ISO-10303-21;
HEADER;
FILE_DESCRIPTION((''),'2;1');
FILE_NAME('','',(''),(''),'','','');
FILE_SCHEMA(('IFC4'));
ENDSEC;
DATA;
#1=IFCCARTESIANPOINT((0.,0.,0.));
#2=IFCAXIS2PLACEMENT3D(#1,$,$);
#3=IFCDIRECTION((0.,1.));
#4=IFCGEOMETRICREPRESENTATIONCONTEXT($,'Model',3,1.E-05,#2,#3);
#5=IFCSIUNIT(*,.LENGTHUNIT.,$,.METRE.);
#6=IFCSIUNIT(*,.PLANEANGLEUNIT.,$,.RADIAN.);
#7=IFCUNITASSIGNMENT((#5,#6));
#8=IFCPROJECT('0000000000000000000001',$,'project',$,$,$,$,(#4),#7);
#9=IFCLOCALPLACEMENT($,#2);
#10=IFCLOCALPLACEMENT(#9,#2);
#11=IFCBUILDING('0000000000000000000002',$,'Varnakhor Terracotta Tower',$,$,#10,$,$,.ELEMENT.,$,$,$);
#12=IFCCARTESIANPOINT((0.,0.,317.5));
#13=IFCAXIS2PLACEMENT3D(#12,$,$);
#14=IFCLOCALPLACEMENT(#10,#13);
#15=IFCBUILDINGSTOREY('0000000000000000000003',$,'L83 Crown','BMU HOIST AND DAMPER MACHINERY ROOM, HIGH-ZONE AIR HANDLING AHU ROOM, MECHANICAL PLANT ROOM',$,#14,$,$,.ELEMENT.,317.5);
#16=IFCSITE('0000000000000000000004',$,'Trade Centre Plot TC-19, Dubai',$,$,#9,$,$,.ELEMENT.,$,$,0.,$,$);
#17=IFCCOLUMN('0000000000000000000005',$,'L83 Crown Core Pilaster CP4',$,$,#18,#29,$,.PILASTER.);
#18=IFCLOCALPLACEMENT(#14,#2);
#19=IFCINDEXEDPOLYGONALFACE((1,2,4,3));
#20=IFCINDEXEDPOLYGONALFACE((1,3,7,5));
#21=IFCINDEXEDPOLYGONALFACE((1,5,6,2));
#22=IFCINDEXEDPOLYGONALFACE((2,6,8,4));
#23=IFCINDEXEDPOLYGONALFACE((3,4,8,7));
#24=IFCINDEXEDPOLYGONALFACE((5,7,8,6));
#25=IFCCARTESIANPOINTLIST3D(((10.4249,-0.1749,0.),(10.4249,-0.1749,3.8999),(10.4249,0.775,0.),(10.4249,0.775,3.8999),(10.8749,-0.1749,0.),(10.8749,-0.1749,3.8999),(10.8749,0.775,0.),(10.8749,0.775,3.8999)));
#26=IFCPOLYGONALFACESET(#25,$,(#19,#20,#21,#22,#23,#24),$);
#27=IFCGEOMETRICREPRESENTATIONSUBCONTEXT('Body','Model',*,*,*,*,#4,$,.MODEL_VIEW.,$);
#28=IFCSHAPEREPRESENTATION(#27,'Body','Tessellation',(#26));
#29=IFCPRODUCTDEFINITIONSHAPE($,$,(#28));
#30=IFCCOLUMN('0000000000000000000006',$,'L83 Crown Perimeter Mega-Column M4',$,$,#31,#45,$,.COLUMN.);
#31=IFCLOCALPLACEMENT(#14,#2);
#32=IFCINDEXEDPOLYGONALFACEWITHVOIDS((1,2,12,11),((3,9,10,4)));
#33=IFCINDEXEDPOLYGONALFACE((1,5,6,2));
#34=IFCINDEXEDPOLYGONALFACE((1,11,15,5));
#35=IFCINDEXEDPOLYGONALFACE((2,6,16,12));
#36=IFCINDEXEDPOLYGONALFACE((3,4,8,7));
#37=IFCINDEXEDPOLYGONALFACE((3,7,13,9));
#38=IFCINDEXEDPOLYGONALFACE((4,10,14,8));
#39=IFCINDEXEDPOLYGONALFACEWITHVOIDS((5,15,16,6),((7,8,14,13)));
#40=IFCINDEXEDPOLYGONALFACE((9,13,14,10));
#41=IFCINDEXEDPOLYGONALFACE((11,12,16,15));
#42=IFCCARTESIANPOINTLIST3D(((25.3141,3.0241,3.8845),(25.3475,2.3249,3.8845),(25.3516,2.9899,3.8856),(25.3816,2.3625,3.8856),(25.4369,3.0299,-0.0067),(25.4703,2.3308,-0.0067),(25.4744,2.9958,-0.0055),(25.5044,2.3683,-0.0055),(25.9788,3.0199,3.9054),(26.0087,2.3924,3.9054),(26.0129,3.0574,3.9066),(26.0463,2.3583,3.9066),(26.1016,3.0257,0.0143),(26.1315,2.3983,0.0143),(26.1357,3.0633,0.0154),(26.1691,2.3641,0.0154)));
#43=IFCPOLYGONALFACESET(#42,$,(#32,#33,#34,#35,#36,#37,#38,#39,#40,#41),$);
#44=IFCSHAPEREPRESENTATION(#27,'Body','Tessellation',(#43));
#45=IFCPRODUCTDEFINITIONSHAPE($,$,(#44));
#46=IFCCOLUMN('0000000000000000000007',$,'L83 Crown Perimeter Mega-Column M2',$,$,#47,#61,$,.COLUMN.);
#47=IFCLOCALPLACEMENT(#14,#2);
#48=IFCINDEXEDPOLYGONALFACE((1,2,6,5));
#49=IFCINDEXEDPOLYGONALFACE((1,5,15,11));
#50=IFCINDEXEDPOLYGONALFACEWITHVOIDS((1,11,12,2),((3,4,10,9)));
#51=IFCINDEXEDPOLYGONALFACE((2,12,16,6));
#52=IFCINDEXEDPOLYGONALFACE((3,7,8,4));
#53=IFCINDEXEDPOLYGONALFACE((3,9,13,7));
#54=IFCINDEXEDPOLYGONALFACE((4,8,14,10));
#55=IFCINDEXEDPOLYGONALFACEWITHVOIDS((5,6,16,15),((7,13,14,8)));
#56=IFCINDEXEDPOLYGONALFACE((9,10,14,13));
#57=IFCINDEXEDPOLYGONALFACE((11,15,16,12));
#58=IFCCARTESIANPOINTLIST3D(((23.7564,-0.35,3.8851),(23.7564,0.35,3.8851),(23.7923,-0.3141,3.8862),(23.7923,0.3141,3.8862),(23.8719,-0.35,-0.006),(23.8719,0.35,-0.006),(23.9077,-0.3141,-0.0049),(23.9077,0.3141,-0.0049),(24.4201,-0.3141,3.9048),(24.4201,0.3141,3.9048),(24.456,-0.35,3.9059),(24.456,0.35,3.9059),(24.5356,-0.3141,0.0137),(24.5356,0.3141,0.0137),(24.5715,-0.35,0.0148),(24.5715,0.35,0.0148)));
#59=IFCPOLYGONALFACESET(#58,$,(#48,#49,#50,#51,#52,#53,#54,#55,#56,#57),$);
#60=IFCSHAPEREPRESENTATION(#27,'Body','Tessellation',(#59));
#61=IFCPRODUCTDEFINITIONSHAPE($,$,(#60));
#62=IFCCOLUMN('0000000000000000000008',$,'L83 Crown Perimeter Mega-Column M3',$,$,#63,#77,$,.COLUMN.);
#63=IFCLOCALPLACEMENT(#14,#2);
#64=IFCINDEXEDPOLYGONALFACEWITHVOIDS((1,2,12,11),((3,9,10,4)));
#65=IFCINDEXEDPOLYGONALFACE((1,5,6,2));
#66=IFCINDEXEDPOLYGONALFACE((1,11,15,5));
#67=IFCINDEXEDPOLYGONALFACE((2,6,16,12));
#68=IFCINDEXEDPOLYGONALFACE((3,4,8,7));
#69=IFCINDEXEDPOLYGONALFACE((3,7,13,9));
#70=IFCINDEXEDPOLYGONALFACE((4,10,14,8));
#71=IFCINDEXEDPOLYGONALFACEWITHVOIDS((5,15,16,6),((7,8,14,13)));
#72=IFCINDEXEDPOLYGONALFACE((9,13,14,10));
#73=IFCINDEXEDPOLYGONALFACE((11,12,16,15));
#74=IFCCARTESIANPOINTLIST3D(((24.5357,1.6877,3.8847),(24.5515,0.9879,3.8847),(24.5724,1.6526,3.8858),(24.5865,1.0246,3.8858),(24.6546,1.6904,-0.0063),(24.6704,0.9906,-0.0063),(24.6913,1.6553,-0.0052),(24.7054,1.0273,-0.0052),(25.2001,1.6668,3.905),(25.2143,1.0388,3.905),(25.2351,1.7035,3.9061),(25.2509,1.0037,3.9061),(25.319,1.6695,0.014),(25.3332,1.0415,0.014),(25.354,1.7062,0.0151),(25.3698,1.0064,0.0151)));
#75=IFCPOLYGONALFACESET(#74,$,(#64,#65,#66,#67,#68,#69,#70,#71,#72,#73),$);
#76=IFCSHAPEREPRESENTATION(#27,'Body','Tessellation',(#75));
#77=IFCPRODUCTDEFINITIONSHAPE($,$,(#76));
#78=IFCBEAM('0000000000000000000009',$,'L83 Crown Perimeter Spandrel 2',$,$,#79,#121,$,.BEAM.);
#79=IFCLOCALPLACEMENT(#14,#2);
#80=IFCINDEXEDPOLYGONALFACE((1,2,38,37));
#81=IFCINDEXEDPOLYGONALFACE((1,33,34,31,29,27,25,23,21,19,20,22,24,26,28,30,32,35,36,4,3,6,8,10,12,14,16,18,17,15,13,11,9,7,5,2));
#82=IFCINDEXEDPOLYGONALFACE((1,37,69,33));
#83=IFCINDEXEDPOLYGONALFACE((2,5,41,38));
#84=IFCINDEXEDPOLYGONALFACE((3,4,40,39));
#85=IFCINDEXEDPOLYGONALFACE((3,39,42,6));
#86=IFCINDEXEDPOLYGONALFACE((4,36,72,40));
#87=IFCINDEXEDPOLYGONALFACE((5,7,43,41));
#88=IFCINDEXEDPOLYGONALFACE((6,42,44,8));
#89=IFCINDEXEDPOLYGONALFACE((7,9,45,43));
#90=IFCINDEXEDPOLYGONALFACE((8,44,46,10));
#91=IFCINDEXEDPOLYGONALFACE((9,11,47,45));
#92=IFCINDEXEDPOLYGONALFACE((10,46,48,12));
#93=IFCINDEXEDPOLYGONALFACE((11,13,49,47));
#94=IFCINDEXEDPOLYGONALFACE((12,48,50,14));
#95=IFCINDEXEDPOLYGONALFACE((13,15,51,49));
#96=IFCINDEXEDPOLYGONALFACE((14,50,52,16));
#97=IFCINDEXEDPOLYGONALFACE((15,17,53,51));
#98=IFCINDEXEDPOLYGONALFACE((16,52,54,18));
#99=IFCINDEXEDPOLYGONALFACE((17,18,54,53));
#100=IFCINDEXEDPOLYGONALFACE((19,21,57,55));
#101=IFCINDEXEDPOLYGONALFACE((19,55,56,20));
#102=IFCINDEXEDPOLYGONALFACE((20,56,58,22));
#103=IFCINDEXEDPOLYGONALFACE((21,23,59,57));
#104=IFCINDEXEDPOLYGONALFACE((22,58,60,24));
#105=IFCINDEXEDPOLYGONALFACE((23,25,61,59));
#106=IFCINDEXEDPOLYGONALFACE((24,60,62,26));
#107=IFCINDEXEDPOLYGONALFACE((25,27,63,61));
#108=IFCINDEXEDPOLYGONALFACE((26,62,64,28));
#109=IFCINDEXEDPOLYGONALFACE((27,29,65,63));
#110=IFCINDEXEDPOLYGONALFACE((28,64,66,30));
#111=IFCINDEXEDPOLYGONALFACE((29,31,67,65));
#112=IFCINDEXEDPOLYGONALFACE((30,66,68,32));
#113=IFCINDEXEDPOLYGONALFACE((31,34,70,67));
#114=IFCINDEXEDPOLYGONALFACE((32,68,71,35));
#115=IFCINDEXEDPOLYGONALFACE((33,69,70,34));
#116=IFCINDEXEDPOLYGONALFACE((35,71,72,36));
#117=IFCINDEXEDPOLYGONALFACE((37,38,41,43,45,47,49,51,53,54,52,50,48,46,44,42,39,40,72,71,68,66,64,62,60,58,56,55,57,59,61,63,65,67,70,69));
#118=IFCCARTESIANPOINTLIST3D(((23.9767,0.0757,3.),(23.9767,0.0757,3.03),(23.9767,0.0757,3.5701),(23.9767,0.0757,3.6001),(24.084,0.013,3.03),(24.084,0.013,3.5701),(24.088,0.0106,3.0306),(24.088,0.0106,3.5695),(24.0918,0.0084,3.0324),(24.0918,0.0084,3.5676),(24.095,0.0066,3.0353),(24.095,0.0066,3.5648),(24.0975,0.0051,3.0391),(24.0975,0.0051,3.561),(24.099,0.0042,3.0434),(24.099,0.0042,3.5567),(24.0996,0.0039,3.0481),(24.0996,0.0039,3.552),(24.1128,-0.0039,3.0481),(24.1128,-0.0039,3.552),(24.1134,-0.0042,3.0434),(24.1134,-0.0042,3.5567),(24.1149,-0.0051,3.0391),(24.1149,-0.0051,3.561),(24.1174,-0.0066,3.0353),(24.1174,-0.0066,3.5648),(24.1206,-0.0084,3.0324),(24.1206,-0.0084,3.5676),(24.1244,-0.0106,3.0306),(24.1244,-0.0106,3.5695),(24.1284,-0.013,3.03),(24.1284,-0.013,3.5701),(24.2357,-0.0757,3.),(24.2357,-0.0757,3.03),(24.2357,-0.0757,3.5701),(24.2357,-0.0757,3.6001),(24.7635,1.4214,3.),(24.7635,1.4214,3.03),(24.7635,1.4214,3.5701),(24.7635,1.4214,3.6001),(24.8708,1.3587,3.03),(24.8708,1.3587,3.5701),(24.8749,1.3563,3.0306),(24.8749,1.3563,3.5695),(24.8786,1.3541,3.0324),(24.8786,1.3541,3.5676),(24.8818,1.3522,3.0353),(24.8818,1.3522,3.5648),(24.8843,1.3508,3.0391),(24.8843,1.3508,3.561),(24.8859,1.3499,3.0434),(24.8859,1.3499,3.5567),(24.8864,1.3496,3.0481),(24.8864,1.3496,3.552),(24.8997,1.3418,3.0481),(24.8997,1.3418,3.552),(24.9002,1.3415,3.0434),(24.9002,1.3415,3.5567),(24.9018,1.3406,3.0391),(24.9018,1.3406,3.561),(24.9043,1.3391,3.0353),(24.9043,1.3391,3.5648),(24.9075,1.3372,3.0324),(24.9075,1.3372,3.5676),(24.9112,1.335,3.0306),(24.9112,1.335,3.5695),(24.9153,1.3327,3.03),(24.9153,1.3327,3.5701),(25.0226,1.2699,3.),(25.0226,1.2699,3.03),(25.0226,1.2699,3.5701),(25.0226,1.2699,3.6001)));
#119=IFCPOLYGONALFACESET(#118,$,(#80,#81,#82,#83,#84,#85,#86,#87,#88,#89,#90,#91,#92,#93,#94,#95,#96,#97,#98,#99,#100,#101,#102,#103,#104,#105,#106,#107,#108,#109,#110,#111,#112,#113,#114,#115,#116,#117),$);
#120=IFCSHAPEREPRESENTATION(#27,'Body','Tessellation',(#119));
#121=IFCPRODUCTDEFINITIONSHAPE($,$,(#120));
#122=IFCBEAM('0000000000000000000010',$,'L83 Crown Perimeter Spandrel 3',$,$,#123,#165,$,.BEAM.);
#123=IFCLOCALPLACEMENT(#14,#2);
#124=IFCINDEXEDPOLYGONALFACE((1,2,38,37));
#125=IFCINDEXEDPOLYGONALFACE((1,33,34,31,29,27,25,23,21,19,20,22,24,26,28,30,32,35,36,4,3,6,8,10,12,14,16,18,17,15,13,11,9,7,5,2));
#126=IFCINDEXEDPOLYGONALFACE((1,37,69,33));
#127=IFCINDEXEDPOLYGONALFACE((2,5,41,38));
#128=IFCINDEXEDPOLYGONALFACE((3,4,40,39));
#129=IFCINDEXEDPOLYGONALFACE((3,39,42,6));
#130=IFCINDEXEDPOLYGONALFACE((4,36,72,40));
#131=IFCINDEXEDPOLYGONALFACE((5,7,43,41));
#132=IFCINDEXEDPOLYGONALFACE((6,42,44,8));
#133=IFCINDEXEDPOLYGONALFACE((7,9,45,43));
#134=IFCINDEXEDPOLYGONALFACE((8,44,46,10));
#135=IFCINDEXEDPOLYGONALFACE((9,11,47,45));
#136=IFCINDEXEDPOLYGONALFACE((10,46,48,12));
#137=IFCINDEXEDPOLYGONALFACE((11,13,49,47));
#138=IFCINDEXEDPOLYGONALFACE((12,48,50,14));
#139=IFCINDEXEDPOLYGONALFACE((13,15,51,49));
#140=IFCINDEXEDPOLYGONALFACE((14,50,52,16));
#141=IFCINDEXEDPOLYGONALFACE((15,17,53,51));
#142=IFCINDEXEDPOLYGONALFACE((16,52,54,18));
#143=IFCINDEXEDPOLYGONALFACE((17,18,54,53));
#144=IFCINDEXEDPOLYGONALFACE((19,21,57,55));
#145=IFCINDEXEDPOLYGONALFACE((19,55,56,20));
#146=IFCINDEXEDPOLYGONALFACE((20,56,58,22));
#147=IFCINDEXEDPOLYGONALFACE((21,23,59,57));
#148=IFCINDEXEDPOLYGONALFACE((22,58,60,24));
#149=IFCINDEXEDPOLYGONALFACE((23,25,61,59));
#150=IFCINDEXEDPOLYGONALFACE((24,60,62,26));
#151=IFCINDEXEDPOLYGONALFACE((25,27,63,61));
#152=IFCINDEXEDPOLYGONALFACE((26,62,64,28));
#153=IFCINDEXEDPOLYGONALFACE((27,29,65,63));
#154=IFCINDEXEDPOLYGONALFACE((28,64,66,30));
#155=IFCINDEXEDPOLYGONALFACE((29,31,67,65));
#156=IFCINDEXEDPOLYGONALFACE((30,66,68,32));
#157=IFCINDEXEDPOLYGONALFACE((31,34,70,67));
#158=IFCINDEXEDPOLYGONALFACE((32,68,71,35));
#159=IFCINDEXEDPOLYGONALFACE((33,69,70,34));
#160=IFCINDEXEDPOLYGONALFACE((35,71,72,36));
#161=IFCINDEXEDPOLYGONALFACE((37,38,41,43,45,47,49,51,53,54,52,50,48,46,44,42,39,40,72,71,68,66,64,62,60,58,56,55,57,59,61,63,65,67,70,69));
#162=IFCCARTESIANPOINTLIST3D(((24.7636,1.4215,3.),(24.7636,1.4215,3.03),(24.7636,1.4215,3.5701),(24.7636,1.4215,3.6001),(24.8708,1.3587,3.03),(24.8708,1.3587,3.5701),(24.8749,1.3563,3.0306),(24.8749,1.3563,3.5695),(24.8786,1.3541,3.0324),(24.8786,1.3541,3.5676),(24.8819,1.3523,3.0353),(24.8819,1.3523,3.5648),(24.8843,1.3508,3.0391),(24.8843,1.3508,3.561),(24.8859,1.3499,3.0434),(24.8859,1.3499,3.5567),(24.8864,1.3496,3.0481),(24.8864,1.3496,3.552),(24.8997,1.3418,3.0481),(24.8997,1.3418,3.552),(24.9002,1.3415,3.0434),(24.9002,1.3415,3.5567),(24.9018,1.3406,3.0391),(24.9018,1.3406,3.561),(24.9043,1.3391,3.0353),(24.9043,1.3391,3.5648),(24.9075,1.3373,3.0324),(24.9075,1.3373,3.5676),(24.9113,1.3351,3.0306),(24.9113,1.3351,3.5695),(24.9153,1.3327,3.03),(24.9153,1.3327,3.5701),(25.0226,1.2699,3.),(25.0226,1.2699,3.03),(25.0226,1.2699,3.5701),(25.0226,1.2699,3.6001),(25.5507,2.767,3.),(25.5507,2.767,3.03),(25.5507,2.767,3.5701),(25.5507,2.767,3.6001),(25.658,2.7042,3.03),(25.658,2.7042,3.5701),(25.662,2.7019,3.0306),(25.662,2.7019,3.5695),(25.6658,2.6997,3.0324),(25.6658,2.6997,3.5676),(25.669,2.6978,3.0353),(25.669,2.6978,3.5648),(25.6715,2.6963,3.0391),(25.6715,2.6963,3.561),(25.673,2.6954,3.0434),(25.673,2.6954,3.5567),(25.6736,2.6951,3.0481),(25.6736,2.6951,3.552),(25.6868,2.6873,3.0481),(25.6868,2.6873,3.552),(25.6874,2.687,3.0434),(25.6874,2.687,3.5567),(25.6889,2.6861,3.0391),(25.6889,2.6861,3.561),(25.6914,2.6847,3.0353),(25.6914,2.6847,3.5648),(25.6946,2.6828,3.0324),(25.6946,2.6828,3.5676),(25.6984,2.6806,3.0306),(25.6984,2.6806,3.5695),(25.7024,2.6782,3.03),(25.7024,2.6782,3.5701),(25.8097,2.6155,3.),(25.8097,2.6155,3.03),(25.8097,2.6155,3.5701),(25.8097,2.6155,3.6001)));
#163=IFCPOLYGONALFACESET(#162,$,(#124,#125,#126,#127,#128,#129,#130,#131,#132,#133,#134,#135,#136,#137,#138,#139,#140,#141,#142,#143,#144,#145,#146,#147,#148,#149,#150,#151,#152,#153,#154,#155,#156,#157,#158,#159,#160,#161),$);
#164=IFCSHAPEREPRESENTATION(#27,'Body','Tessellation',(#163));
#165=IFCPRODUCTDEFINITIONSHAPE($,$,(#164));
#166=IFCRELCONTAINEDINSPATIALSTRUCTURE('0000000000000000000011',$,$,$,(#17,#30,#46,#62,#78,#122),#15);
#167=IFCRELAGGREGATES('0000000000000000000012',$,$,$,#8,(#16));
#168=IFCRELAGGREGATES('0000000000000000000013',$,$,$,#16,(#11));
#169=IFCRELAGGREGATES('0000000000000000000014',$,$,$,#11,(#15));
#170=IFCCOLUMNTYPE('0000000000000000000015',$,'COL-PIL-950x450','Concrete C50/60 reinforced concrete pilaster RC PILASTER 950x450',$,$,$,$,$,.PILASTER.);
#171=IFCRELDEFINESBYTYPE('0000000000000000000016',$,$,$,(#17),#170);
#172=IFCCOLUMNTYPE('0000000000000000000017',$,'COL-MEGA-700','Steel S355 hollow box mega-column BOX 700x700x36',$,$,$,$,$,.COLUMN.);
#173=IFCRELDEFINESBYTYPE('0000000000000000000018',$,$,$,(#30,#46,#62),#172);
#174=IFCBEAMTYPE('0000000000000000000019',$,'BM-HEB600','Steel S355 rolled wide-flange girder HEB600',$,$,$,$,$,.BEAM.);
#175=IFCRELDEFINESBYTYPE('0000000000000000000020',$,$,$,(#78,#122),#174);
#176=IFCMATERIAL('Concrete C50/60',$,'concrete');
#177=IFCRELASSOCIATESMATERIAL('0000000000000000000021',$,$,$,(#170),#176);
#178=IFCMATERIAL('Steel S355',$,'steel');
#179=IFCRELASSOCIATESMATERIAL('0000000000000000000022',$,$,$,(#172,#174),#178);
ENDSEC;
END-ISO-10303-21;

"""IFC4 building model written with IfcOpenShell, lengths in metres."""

from ifc_helpers import new_model, si_unit, direction, frame, origin, origin_2d, place, context, subcontext, project, spatial, rectangle, hollow_rectangle, i_section, extrude, source, transform, mapped, material, material_profile, profile_set, type_object, element, save


model = new_model("IFC4")

# Units and contexts
model_context = context("Model", 3, precision=1e-05, world=origin(), true_north=direction((0.0, 1.0)))
body_context = subcontext(model_context, "Body", "Model", "MODEL_VIEW")
ifc_project = project(units=[si_unit("LENGTHUNIT", "METRE"), si_unit("PLANEANGLEUNIT", "RADIAN")], contexts=[model_context])

# Site, building, storey
site_placement = place(None, origin())
site = spatial("IfcSite", under=ifc_project, at=site_placement, Name="Trade Centre Plot TC-19, Dubai", CompositionType="ELEMENT", RefElevation=0.0)
building_placement = place(site_placement, origin())
building = spatial("IfcBuilding", under=site, at=building_placement, Name="Varnakhor Terracotta Tower", CompositionType="ELEMENT")
storey_placement = place(building_placement, frame((0.0, 0.0, 317.5)))
storey = spatial("IfcBuildingStorey", under=building, at=storey_placement, Name="L83 Crown", Description="BMU HOIST AND DAMPER MACHINERY ROOM, HIGH-ZONE AIR HANDLING AHU ROOM, MECHANICAL PLANT ROOM", CompositionType="ELEMENT", Elevation=317.5)

# Columns
ifc_material_1 = material(Name="Concrete C50/60", Category="concrete")
ifc_material_profile_1 = material_profile(ifc_material_1, rectangle(XDim=0.45, YDim=0.95, at=origin_2d()), Name="RC PILASTER 950x450")
ifc_profile_set_1 = profile_set([ifc_material_profile_1], Name="Concrete C50/60")
column_type_1 = type_object("IfcColumnType", Name="COL-PIL-950x450", Description="Concrete C50/60 reinforced concrete pilaster RC PILASTER 950x450", PredefinedType="PILASTER", material=ifc_profile_set_1)
shared_shape_1 = source(origin(), body_context, "Body", "SweptSolid", [
    extrude(rectangle(XDim=0.45, YDim=0.95, at=origin_2d()), origin(), (0.0, 0.0, 1.0), 3.8999),
])
column_1_placement = place(storey_placement, frame((10.6499, 0.3, 0.0), z_axis=(0.0, 0.0, 1.0), x_axis=(1.0, 0.0, 0.0)))
element("IfcColumn", 1, at=column_1_placement, inside=storey, type_object=column_type_1, Name="L83 Crown Core Pilaster CP4", PredefinedType="PILASTER", context=body_context, shape_type="MappedRepresentation", body=[
    mapped(shared_shape_1, transform((0.0, 0.0, 0.0), scale=1.0)),
])
ifc_material_2 = material(Name="Steel S355", Category="steel")
ifc_material_profile_2 = material_profile(ifc_material_2, hollow_rectangle(XDim=0.7, YDim=0.7, WallThickness=0.0359, at=origin_2d()), Name="BOX 700x700x36")
ifc_profile_set_2 = profile_set([ifc_material_profile_2], Name="Steel S355")
column_type_2 = type_object("IfcColumnType", Name="COL-MEGA-700", Description="Steel S355 hollow box mega-column BOX 700x700x36", PredefinedType="COLUMN", material=ifc_profile_set_2)
shared_shape_2 = source(origin(), body_context, "Body", "SweptSolid", [
    extrude(hollow_rectangle(XDim=0.7, YDim=0.7, WallThickness=0.0359, at=origin_2d()), origin(), (0.0, 0.0, 1.0), 3.8931),
])
column_2_placement = place(storey_placement, frame((25.803, 2.697, 0.0044), z_axis=(-0.031544, -0.001505, 0.999501), x_axis=(0.047659, -0.998864, 0.0)))
element("IfcColumn", 2, at=column_2_placement, inside=storey, type_object=column_type_2, Name="L83 Crown Perimeter Mega-Column M4", PredefinedType="COLUMN", context=body_context, shape_type="MappedRepresentation", body=[
    mapped(shared_shape_2, transform((0.0, 0.0, 0.0), scale=1.0)),
])
shared_shape_3 = source(origin(), body_context, "Body", "SweptSolid", [
    extrude(hollow_rectangle(XDim=0.7, YDim=0.7, WallThickness=0.0359, at=origin_2d()), origin(), (0.0, 0.0, 1.0), 3.8928),
])
for number, where, z_axis, x_axis, name in (
    (3, (24.2217, 0.0, 0.0044), (-0.029664, 0.0, 0.99956), (0.0, -1.0, 0.0), "L83 Crown Perimeter Mega-Column M2"),
    (4, (25.0122, 1.3484, 0.0044), (-0.030542, -0.00069, 0.999533), (0.022582, -0.999745, 0.0), "L83 Crown Perimeter Mega-Column M3"),
):
    element("IfcColumn", number, at=place(storey_placement, frame(where, z_axis=z_axis, x_axis=x_axis)), inside=storey, type_object=column_type_2, Name=name, PredefinedType="COLUMN", context=body_context, shape_type="MappedRepresentation", body=[
        mapped(shared_shape_3, transform((0.0, 0.0, 0.0), scale=1.0)),
    ])

# Beams
ifc_material_profile_3 = material_profile(ifc_material_2, i_section(OverallWidth=0.3, OverallDepth=0.6001, WebThickness=0.0154, FlangeThickness=0.03, FilletRadius=0.0181, at=origin_2d()), Name="HEB600")
ifc_profile_set_3 = profile_set([ifc_material_profile_3], Name="Steel S355")
beam_type = type_object("IfcBeamType", Name="BM-HEB600", Description="Steel S355 rolled wide-flange girder HEB600", PredefinedType="BEAM", material=ifc_profile_set_3)
shared_shape_4 = source(origin(), body_context, "Body", "SweptSolid", [
    extrude(i_section(OverallWidth=0.3, OverallDepth=0.6001, WebThickness=0.0154, FlangeThickness=0.03, FilletRadius=0.0181, at=origin_2d()), origin(), (0.0, 0.0, 1.0), 1.5588),
])
for number, where, z_axis, x_axis, name in (
    (5, (24.1062, 0.0, 3.3), (0.504767, 0.863256, 0.0), (-0.863256, 0.504767, 0.0), "L83 Crown Perimeter Spandrel 2"),
    (6, (24.8931, 1.3457, 3.3), (0.504952, 0.863148, 0.0), (-0.863148, 0.504952, 0.0), "L83 Crown Perimeter Spandrel 3"),
):
    element("IfcBeam", number, at=place(storey_placement, frame(where, z_axis=z_axis, x_axis=x_axis)), inside=storey, type_object=beam_type, Name=name, PredefinedType="BEAM", context=body_context, shape_type="MappedRepresentation", body=[
        mapped(shared_shape_4, transform((0.0, 0.0, 0.0), scale=1.0)),
    ])

save(model, "model.ifc")
